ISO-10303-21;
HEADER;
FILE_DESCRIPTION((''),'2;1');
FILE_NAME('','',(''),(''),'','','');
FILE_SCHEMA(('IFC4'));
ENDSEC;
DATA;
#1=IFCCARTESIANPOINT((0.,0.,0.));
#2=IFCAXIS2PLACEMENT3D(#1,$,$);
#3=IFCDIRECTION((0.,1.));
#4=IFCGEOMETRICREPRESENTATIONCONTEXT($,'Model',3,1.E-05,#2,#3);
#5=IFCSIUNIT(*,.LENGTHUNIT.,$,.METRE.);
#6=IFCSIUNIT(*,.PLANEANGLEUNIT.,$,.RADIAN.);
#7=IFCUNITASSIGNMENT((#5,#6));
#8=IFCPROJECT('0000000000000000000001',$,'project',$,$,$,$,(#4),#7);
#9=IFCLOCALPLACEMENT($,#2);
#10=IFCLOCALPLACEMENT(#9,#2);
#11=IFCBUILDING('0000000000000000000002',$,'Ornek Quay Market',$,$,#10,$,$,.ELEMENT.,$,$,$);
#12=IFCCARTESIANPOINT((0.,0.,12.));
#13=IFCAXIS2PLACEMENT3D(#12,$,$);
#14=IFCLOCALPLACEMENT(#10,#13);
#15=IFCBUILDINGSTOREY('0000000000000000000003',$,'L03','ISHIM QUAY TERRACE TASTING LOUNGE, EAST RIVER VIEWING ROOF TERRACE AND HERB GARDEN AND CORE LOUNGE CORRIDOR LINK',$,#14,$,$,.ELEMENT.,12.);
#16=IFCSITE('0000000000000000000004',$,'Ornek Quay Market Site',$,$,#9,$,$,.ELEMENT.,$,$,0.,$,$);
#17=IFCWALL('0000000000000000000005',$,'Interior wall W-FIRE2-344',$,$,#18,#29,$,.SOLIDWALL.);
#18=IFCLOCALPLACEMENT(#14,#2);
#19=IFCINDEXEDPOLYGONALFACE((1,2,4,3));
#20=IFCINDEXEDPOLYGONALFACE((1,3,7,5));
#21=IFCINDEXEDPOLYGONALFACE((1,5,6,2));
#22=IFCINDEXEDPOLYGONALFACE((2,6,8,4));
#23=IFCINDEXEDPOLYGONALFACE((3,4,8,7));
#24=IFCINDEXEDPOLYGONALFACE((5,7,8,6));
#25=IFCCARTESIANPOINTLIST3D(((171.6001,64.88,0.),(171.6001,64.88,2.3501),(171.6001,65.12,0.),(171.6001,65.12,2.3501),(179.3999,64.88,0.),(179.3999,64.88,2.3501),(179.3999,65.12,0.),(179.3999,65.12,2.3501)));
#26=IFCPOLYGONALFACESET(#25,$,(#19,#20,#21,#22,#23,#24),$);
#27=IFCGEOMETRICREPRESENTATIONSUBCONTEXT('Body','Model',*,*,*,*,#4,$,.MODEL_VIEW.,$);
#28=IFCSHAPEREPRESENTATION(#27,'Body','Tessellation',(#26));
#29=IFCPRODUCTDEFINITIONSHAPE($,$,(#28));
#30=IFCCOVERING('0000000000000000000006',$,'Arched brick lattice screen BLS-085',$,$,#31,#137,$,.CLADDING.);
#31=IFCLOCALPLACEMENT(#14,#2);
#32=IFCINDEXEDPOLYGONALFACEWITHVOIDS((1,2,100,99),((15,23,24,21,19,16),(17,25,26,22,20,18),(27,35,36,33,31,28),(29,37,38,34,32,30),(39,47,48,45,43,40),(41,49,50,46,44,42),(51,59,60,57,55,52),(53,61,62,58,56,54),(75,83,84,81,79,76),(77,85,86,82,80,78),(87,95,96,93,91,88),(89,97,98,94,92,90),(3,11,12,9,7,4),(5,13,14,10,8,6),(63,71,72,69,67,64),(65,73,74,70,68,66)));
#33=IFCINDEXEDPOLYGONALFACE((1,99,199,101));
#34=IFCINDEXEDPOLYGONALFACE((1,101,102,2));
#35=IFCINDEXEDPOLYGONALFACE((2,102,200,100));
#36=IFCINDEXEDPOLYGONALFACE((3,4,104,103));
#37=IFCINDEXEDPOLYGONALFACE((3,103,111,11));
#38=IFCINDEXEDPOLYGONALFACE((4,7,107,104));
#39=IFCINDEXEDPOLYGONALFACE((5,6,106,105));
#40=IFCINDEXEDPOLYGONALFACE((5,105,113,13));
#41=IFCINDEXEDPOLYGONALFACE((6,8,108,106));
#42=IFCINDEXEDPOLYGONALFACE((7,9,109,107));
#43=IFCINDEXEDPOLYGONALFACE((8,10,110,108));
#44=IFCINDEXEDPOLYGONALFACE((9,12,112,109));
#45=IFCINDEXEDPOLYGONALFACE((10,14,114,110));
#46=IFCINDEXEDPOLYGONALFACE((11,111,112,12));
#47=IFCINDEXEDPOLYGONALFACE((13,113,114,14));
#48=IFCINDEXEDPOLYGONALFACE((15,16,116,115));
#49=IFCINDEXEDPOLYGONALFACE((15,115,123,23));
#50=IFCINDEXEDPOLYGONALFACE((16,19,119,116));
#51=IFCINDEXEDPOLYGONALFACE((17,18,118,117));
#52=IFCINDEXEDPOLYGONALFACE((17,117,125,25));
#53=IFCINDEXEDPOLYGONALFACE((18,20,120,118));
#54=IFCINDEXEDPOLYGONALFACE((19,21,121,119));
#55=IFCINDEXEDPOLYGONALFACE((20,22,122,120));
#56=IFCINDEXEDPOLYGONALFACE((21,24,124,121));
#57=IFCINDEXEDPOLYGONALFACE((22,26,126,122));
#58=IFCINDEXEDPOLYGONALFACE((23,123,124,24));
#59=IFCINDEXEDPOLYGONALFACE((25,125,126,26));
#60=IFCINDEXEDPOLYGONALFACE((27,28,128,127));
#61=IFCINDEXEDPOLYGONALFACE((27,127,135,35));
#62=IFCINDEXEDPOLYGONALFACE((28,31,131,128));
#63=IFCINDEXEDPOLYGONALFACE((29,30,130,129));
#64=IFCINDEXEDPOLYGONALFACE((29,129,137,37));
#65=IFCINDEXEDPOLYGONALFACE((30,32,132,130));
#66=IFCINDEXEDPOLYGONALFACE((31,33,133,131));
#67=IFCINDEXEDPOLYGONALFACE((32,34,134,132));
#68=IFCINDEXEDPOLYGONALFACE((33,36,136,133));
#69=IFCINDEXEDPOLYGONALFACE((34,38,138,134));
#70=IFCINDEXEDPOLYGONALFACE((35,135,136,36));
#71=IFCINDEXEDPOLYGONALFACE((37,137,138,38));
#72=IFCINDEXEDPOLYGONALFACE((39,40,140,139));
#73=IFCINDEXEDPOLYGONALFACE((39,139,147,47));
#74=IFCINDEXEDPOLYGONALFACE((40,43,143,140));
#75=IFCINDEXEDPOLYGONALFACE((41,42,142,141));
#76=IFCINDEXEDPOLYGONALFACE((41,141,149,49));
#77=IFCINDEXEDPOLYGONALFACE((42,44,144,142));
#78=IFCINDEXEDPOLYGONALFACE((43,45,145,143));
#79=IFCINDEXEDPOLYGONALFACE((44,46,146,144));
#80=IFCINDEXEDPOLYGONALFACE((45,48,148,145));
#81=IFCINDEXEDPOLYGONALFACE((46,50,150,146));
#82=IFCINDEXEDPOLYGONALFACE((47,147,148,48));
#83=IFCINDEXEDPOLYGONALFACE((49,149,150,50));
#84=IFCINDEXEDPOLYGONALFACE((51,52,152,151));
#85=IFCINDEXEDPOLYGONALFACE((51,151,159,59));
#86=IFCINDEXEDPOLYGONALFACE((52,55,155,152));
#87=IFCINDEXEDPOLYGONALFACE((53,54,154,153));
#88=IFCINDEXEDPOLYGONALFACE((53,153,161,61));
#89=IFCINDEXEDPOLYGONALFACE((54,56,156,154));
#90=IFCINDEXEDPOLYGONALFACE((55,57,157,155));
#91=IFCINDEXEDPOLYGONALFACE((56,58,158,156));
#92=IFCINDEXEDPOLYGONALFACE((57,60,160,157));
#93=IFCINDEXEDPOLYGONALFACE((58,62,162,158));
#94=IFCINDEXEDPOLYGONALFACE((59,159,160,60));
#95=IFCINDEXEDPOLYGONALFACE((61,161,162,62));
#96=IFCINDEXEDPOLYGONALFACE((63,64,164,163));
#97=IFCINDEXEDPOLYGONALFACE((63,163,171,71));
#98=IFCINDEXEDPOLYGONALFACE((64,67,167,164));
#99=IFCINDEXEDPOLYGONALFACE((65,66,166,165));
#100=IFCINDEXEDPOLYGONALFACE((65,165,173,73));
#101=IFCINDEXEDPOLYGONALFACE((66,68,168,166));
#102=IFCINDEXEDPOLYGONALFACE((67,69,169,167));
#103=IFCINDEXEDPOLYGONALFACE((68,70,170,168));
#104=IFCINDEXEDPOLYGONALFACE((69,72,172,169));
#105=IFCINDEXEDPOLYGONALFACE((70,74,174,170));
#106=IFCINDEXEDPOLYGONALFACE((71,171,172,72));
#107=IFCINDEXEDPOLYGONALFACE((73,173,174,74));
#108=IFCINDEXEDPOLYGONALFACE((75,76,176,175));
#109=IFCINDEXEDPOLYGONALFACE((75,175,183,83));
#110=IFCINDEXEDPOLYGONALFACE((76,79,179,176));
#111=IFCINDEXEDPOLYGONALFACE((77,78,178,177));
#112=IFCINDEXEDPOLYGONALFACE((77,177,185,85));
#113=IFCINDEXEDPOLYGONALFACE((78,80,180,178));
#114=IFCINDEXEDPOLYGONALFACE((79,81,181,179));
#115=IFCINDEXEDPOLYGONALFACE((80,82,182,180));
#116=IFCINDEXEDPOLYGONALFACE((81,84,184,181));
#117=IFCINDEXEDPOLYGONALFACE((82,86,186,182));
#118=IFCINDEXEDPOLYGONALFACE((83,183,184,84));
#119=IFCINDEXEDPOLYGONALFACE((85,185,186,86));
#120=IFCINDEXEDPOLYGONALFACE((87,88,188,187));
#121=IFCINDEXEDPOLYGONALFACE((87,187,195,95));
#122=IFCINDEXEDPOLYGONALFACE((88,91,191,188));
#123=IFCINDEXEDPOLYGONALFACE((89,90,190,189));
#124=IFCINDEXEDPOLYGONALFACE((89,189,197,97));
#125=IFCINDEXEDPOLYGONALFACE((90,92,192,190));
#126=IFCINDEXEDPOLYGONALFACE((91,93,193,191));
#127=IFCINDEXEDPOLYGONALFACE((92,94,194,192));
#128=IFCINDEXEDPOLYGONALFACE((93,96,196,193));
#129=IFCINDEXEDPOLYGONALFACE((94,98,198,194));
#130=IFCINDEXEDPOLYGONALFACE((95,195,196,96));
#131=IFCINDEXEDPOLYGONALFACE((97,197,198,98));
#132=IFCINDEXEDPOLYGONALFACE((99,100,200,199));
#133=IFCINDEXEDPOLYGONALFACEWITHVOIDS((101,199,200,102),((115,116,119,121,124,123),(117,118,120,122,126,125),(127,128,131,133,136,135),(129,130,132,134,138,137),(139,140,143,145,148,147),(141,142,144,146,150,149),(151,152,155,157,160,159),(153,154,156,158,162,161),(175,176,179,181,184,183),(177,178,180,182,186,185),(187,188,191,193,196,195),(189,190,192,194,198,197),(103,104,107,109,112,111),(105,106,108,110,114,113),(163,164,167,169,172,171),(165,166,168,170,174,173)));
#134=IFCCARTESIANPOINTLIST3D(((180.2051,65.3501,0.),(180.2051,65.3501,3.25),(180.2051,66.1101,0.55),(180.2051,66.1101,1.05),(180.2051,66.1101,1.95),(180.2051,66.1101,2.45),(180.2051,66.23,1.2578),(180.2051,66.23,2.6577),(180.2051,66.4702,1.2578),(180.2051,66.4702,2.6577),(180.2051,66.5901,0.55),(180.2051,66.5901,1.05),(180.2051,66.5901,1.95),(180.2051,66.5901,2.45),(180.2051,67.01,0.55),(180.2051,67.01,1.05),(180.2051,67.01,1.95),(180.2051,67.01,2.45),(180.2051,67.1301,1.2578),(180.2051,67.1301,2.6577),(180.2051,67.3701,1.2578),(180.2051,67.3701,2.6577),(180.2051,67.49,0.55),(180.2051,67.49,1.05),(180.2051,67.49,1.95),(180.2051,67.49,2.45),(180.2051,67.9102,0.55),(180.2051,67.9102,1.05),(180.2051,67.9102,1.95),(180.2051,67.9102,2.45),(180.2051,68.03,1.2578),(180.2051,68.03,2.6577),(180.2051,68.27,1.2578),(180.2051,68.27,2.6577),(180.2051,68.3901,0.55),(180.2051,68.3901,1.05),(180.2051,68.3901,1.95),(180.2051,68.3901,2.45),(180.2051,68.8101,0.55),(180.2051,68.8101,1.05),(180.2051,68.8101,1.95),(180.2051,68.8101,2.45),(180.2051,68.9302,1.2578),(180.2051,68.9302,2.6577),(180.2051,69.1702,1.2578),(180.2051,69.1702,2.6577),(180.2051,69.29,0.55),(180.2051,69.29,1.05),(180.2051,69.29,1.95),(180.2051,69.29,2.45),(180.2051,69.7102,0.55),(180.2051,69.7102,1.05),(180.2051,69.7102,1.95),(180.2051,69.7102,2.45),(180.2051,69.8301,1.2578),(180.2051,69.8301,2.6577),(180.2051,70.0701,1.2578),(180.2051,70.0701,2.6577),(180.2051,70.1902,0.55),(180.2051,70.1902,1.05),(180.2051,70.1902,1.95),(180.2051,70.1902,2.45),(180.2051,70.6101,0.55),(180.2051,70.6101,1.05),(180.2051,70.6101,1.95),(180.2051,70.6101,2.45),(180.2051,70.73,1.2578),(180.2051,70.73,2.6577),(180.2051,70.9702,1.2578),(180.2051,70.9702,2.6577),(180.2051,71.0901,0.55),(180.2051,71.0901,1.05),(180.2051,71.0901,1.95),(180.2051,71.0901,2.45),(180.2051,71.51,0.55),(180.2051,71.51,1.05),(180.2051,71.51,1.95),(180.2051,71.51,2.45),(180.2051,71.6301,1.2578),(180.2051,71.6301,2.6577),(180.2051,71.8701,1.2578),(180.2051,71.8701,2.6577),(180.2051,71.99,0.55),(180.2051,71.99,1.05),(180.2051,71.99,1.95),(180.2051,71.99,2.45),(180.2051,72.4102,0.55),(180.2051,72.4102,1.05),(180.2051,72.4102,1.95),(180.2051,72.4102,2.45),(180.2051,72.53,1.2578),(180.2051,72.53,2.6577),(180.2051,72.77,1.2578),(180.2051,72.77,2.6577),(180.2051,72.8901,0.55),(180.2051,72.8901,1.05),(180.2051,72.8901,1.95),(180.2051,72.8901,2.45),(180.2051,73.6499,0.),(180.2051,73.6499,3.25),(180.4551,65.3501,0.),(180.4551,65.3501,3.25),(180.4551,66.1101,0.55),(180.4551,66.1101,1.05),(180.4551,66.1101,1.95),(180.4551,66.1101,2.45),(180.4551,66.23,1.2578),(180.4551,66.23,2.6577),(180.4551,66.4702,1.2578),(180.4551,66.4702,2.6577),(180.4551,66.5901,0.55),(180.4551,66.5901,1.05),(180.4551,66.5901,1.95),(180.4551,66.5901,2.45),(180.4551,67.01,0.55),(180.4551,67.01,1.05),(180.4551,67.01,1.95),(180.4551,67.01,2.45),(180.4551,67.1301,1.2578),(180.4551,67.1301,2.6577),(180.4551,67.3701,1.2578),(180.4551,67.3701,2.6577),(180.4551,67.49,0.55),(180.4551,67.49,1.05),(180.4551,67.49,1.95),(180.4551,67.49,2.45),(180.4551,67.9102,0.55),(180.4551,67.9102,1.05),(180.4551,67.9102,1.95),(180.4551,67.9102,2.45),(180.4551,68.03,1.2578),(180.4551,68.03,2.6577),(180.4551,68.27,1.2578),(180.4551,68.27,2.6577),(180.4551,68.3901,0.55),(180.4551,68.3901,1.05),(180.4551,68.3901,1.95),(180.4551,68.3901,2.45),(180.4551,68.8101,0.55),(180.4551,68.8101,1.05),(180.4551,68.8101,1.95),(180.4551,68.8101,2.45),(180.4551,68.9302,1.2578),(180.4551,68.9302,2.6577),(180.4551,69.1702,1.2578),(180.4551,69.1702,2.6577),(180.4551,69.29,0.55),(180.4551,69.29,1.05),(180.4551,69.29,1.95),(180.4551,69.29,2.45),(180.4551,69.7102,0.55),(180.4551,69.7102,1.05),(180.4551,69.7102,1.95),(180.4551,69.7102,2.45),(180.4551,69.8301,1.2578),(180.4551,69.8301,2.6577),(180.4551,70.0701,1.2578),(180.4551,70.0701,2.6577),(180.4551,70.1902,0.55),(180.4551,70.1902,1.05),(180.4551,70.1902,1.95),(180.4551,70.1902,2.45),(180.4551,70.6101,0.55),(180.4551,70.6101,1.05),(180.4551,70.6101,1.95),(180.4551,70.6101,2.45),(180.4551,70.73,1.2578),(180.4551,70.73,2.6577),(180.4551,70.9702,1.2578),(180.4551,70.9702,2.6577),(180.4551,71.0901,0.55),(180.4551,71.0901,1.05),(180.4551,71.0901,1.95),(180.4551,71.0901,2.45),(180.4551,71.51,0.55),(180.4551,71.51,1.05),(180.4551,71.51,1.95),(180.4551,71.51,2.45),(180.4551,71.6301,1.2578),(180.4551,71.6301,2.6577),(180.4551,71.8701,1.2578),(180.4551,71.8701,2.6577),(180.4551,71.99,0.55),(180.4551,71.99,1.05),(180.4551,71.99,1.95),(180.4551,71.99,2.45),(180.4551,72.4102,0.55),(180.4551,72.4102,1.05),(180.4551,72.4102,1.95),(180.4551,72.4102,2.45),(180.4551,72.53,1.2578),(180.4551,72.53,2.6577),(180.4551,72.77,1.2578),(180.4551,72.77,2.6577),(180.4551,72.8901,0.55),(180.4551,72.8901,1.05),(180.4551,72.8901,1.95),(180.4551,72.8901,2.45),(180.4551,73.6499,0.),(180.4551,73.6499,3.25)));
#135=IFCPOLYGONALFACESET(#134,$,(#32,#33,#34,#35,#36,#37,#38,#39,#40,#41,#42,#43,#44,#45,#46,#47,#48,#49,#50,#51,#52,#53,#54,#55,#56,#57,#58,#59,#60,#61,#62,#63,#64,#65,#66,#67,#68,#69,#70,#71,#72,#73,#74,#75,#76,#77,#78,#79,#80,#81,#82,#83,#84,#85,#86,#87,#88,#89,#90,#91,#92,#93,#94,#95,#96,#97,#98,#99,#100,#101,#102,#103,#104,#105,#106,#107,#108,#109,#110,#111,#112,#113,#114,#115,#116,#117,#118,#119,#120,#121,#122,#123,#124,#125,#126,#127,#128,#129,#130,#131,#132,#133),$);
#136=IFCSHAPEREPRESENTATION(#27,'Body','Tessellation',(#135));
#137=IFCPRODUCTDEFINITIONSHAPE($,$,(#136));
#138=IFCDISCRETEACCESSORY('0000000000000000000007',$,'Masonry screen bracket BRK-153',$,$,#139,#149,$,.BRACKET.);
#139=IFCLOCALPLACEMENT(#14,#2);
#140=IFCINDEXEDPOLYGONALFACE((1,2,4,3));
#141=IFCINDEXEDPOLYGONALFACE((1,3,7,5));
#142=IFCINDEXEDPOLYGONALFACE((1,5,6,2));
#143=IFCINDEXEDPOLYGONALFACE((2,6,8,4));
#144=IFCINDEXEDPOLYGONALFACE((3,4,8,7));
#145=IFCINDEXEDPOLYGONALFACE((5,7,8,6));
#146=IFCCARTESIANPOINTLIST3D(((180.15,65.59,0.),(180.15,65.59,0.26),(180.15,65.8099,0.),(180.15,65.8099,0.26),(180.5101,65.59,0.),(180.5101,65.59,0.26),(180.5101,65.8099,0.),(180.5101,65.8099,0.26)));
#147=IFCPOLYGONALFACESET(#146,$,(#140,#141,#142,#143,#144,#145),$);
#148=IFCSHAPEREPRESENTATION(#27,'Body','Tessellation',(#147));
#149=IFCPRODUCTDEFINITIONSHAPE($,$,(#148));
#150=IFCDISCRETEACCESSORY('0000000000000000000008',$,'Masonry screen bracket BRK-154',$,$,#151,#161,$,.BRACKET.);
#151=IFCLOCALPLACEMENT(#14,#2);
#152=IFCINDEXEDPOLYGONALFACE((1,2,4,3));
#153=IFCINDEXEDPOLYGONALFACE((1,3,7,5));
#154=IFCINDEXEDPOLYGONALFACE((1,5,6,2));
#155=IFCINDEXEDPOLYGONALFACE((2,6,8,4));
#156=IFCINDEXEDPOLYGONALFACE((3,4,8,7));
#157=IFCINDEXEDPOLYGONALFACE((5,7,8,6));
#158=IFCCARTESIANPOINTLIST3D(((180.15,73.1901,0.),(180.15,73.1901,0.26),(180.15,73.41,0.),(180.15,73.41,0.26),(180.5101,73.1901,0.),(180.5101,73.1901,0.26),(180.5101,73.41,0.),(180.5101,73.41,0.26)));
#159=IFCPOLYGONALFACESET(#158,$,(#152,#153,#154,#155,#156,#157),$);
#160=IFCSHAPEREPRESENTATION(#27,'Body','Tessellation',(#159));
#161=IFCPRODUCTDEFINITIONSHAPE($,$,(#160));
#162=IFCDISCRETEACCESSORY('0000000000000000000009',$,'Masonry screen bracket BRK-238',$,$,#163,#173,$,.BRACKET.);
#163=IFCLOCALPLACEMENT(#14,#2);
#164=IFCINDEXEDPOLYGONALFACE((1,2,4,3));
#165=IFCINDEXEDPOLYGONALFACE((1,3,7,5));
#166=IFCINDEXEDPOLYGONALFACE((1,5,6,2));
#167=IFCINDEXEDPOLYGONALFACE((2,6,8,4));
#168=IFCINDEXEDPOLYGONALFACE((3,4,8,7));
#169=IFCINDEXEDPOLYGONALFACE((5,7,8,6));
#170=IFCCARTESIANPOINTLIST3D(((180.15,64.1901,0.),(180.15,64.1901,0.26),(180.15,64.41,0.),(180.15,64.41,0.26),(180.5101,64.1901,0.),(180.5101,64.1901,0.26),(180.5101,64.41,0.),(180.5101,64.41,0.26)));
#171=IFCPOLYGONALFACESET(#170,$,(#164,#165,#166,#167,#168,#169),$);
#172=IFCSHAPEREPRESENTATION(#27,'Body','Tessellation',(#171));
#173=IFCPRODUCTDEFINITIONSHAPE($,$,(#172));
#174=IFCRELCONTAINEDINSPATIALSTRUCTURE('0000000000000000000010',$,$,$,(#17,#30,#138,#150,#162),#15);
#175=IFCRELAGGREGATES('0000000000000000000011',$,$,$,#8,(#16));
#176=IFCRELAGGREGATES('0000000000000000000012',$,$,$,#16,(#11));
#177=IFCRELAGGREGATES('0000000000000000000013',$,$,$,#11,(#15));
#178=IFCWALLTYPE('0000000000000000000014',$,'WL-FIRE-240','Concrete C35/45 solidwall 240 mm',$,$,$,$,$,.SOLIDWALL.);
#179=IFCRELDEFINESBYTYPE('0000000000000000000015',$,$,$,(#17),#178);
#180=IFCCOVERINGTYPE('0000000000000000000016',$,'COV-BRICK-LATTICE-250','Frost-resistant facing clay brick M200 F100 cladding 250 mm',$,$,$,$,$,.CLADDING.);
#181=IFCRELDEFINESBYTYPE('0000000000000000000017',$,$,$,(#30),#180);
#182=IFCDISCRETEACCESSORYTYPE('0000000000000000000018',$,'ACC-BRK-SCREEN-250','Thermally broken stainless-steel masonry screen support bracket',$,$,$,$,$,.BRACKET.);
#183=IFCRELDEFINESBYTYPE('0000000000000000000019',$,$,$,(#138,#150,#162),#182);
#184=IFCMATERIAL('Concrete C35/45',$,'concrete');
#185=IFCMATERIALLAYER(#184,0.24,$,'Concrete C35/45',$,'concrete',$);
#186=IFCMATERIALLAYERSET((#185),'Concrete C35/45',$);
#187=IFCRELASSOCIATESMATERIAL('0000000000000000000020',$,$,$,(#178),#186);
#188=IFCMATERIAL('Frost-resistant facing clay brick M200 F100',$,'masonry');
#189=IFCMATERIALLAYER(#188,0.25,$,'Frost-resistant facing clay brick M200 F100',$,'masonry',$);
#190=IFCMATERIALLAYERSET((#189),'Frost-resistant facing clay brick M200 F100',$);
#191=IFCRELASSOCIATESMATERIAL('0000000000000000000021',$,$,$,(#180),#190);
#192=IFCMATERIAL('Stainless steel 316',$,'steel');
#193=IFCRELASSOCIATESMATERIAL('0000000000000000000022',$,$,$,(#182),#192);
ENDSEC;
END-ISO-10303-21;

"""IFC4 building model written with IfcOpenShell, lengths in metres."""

from ifc_helpers import new_model, si_unit, direction, frame, frame_2d, origin, origin_2d, place, context, subcontext, project, spatial, polyline, rectangle, outline, extrude, material, layer, layer_set, type_object, element, save


model = new_model("IFC4")

# Units and contexts
model_context = context("Model", 3, precision=1e-05, world=origin(), true_north=direction((0.0, 1.0)))
body_context = subcontext(model_context, "Body", "Model", "MODEL_VIEW")
ifc_project = project(units=[si_unit("LENGTHUNIT", "METRE"), si_unit("PLANEANGLEUNIT", "RADIAN")], contexts=[model_context])

# Site, building, storey
site_placement = place(None, origin())
site = spatial("IfcSite", under=ifc_project, at=site_placement, Name="Ornek Quay Market Site", CompositionType="ELEMENT", RefElevation=0.0)
building_placement = place(site_placement, origin())
building = spatial("IfcBuilding", under=site, at=building_placement, Name="Ornek Quay Market", CompositionType="ELEMENT")
storey_placement = place(building_placement, frame((0.0, 0.0, 12.0)))
storey = spatial("IfcBuildingStorey", under=building, at=storey_placement, Name="L03", Description="ISHIM QUAY TERRACE TASTING LOUNGE, EAST RIVER VIEWING ROOF TERRACE AND HERB GARDEN AND CORE LOUNGE CORRIDOR LINK", CompositionType="ELEMENT", Elevation=12.0)

# Shared definitions
ifc_material_1 = material(Name="Frost-resistant facing clay brick M200 F100", Category="masonry")

# Wall
ifc_material_2 = material(Name="Concrete C35/45", Category="concrete")
ifc_layer_1 = layer(ifc_material_2, 0.24, Name="Concrete C35/45", Category="concrete")
ifc_layer_set_1 = layer_set([ifc_layer_1], Name="Concrete C35/45")
wall_type_1 = type_object("IfcWallType", Name="WL-FIRE-240", Description="Concrete C35/45 solidwall 240 mm", PredefinedType="SOLIDWALL", material=ifc_layer_set_1)
wall_1_placement = place(storey_placement, frame((171.6001, 65.0, 0.0), z_axis=(0.0, 0.0, 1.0), x_axis=(1.0, 0.0, 0.0)))
element("IfcWall", 1, at=wall_1_placement, inside=storey, type_object=wall_type_1, Name="Interior wall W-FIRE2-344", PredefinedType="SOLIDWALL", context=body_context, shape_type="SweptSolid", body=[
    extrude(rectangle(XDim=7.7998, YDim=0.24, at=frame_2d((3.8999, 0.0))), origin(), (0.0, 0.0, 1.0), 2.3501),
])

# Covering
ifc_layer_2 = layer(ifc_material_1, 0.25, Name="Frost-resistant facing clay brick M200 F100", Category="masonry")
ifc_layer_set_2 = layer_set([ifc_layer_2], Name="Frost-resistant facing clay brick M200 F100")
covering_type = type_object("IfcCoveringType", Name="COV-BRICK-LATTICE-250", Description="Frost-resistant facing clay brick M200 F100 cladding 250 mm", PredefinedType="CLADDING", material=ifc_layer_set_2)
covering_placement = place(storey_placement, frame((180.3301, 65.3501, 0.0), z_axis=(0.0, 0.0, 1.0), x_axis=(0.0, 1.0, 0.0)))
element("IfcCovering", 2, at=covering_placement, inside=storey, type_object=covering_type, Name="Arched brick lattice screen BLS-085", PredefinedType="CLADDING", context=body_context, shape_type="SweptSolid", body=[
    extrude(outline(polyline([(0.0, 0.0), (8.2998, 0.0), (8.2998, 3.25), (0.0, 3.25), (0.0, 0.0)]), holes=[polyline([(0.76, 0.55), (1.24, 0.55), (1.24, 1.05), (1.1201, 1.2578), (0.8799, 1.2578), (0.76, 1.05), (0.76, 0.55)]), polyline([(0.76, 1.95), (1.24, 1.95), (1.24, 2.45), (1.1201, 2.6577), (0.8799, 2.6577), (0.76, 2.45), (0.76, 1.95)]), polyline([(1.6599, 0.55), (2.1399, 0.55), (2.1399, 1.05), (2.02, 1.2578), (1.78, 1.2578), (1.6599, 1.05), (1.6599, 0.55)]), polyline([(1.6599, 1.95), (2.1399, 1.95), (2.1399, 2.45), (2.02, 2.6577), (1.78, 2.6577), (1.6599, 2.45), (1.6599, 1.95)]), polyline([(2.5601, 0.55), (3.04, 0.55), (3.04, 1.05), (2.9199, 1.2578), (2.6799, 1.2578), (2.5601, 1.05), (2.5601, 0.55)]), polyline([(2.5601, 1.95), (3.04, 1.95), (3.04, 2.45), (2.9199, 2.6577), (2.6799, 2.6577), (2.5601, 2.45), (2.5601, 1.95)]), polyline([(3.46, 0.55), (3.9399, 0.55), (3.9399, 1.05), (3.8201, 1.2578), (3.5801, 1.2578), (3.46, 1.05), (3.46, 0.55)]), polyline([(3.46, 1.95), (3.9399, 1.95), (3.9399, 2.45), (3.8201, 2.6577), (3.5801, 2.6577), (3.46, 2.45), (3.46, 1.95)]), polyline([(4.3601, 0.55), (4.8401, 0.55), (4.8401, 1.05), (4.72, 1.2578), (4.48, 1.2578), (4.3601, 1.05), (4.3601, 0.55)]), polyline([(4.3601, 1.95), (4.8401, 1.95), (4.8401, 2.45), (4.72, 2.6577), (4.48, 2.6577), (4.3601, 2.45), (4.3601, 1.95)]), polyline([(5.26, 0.55), (5.74, 0.55), (5.74, 1.05), (5.6201, 1.2578), (5.3799, 1.2578), (5.26, 1.05), (5.26, 0.55)]), polyline([(5.26, 1.95), (5.74, 1.95), (5.74, 2.45), (5.6201, 2.6577), (5.3799, 2.6577), (5.26, 2.45), (5.26, 1.95)]), polyline([(6.1599, 0.55), (6.6399, 0.55), (6.6399, 1.05), (6.52, 1.2578), (6.28, 1.2578), (6.1599, 1.05), (6.1599, 0.55)]), polyline([(6.1599, 1.95), (6.6399, 1.95), (6.6399, 2.45), (6.52, 2.6577), (6.28, 2.6577), (6.1599, 2.45), (6.1599, 1.95)]), polyline([(7.0601, 0.55), (7.54, 0.55), (7.54, 1.05), (7.4199, 1.2578), (7.1799, 1.2578), (7.0601, 1.05), (7.0601, 0.55)]), polyline([(7.0601, 1.95), (7.54, 1.95), (7.54, 2.45), (7.4199, 2.6577), (7.1799, 2.6577), (7.0601, 2.45), (7.0601, 1.95)])]), frame((0.0, 0.125, 0.0), z_axis=(0.0, -1.0, 0.0), x_axis=(1.0, 0.0, 0.0)), (0.0, 0.0, 1.0), 0.25),
])

# Discrete accessories
ifc_material_3 = material(Name="Stainless steel 316", Category="steel")
discrete_accessory_type = type_object("IfcDiscreteAccessoryType", Name="ACC-BRK-SCREEN-250", Description="Thermally broken stainless-steel masonry screen support bracket", PredefinedType="BRACKET", material=ifc_material_3)
for number, where, z_axis, x_axis, name in (
    (3, (180.3301, 65.7, 0.0), (0.0, 0.0, 1.0), (0.0, 1.0, 0.0), "Masonry screen bracket BRK-153"),
    (4, (180.3301, 73.3, 0.0), (0.0, 0.0, 1.0), (0.0, 1.0, 0.0), "Masonry screen bracket BRK-154"),
    (5, (180.3301, 64.3, 0.0), (0.0, 0.0, 1.0), (0.0, 1.0, 0.0), "Masonry screen bracket BRK-238"),
):
    element("IfcDiscreteAccessory", number, at=place(storey_placement, frame(where, z_axis=z_axis, x_axis=x_axis)), inside=storey, type_object=discrete_accessory_type, Name=name, PredefinedType="BRACKET", context=body_context, shape_type="SweptSolid", body=[
        extrude(rectangle(XDim=0.22, YDim=0.3601, at=origin_2d()), origin(), (0.0, 0.0, 1.0), 0.26),
    ])

save(model, "model.ifc")
